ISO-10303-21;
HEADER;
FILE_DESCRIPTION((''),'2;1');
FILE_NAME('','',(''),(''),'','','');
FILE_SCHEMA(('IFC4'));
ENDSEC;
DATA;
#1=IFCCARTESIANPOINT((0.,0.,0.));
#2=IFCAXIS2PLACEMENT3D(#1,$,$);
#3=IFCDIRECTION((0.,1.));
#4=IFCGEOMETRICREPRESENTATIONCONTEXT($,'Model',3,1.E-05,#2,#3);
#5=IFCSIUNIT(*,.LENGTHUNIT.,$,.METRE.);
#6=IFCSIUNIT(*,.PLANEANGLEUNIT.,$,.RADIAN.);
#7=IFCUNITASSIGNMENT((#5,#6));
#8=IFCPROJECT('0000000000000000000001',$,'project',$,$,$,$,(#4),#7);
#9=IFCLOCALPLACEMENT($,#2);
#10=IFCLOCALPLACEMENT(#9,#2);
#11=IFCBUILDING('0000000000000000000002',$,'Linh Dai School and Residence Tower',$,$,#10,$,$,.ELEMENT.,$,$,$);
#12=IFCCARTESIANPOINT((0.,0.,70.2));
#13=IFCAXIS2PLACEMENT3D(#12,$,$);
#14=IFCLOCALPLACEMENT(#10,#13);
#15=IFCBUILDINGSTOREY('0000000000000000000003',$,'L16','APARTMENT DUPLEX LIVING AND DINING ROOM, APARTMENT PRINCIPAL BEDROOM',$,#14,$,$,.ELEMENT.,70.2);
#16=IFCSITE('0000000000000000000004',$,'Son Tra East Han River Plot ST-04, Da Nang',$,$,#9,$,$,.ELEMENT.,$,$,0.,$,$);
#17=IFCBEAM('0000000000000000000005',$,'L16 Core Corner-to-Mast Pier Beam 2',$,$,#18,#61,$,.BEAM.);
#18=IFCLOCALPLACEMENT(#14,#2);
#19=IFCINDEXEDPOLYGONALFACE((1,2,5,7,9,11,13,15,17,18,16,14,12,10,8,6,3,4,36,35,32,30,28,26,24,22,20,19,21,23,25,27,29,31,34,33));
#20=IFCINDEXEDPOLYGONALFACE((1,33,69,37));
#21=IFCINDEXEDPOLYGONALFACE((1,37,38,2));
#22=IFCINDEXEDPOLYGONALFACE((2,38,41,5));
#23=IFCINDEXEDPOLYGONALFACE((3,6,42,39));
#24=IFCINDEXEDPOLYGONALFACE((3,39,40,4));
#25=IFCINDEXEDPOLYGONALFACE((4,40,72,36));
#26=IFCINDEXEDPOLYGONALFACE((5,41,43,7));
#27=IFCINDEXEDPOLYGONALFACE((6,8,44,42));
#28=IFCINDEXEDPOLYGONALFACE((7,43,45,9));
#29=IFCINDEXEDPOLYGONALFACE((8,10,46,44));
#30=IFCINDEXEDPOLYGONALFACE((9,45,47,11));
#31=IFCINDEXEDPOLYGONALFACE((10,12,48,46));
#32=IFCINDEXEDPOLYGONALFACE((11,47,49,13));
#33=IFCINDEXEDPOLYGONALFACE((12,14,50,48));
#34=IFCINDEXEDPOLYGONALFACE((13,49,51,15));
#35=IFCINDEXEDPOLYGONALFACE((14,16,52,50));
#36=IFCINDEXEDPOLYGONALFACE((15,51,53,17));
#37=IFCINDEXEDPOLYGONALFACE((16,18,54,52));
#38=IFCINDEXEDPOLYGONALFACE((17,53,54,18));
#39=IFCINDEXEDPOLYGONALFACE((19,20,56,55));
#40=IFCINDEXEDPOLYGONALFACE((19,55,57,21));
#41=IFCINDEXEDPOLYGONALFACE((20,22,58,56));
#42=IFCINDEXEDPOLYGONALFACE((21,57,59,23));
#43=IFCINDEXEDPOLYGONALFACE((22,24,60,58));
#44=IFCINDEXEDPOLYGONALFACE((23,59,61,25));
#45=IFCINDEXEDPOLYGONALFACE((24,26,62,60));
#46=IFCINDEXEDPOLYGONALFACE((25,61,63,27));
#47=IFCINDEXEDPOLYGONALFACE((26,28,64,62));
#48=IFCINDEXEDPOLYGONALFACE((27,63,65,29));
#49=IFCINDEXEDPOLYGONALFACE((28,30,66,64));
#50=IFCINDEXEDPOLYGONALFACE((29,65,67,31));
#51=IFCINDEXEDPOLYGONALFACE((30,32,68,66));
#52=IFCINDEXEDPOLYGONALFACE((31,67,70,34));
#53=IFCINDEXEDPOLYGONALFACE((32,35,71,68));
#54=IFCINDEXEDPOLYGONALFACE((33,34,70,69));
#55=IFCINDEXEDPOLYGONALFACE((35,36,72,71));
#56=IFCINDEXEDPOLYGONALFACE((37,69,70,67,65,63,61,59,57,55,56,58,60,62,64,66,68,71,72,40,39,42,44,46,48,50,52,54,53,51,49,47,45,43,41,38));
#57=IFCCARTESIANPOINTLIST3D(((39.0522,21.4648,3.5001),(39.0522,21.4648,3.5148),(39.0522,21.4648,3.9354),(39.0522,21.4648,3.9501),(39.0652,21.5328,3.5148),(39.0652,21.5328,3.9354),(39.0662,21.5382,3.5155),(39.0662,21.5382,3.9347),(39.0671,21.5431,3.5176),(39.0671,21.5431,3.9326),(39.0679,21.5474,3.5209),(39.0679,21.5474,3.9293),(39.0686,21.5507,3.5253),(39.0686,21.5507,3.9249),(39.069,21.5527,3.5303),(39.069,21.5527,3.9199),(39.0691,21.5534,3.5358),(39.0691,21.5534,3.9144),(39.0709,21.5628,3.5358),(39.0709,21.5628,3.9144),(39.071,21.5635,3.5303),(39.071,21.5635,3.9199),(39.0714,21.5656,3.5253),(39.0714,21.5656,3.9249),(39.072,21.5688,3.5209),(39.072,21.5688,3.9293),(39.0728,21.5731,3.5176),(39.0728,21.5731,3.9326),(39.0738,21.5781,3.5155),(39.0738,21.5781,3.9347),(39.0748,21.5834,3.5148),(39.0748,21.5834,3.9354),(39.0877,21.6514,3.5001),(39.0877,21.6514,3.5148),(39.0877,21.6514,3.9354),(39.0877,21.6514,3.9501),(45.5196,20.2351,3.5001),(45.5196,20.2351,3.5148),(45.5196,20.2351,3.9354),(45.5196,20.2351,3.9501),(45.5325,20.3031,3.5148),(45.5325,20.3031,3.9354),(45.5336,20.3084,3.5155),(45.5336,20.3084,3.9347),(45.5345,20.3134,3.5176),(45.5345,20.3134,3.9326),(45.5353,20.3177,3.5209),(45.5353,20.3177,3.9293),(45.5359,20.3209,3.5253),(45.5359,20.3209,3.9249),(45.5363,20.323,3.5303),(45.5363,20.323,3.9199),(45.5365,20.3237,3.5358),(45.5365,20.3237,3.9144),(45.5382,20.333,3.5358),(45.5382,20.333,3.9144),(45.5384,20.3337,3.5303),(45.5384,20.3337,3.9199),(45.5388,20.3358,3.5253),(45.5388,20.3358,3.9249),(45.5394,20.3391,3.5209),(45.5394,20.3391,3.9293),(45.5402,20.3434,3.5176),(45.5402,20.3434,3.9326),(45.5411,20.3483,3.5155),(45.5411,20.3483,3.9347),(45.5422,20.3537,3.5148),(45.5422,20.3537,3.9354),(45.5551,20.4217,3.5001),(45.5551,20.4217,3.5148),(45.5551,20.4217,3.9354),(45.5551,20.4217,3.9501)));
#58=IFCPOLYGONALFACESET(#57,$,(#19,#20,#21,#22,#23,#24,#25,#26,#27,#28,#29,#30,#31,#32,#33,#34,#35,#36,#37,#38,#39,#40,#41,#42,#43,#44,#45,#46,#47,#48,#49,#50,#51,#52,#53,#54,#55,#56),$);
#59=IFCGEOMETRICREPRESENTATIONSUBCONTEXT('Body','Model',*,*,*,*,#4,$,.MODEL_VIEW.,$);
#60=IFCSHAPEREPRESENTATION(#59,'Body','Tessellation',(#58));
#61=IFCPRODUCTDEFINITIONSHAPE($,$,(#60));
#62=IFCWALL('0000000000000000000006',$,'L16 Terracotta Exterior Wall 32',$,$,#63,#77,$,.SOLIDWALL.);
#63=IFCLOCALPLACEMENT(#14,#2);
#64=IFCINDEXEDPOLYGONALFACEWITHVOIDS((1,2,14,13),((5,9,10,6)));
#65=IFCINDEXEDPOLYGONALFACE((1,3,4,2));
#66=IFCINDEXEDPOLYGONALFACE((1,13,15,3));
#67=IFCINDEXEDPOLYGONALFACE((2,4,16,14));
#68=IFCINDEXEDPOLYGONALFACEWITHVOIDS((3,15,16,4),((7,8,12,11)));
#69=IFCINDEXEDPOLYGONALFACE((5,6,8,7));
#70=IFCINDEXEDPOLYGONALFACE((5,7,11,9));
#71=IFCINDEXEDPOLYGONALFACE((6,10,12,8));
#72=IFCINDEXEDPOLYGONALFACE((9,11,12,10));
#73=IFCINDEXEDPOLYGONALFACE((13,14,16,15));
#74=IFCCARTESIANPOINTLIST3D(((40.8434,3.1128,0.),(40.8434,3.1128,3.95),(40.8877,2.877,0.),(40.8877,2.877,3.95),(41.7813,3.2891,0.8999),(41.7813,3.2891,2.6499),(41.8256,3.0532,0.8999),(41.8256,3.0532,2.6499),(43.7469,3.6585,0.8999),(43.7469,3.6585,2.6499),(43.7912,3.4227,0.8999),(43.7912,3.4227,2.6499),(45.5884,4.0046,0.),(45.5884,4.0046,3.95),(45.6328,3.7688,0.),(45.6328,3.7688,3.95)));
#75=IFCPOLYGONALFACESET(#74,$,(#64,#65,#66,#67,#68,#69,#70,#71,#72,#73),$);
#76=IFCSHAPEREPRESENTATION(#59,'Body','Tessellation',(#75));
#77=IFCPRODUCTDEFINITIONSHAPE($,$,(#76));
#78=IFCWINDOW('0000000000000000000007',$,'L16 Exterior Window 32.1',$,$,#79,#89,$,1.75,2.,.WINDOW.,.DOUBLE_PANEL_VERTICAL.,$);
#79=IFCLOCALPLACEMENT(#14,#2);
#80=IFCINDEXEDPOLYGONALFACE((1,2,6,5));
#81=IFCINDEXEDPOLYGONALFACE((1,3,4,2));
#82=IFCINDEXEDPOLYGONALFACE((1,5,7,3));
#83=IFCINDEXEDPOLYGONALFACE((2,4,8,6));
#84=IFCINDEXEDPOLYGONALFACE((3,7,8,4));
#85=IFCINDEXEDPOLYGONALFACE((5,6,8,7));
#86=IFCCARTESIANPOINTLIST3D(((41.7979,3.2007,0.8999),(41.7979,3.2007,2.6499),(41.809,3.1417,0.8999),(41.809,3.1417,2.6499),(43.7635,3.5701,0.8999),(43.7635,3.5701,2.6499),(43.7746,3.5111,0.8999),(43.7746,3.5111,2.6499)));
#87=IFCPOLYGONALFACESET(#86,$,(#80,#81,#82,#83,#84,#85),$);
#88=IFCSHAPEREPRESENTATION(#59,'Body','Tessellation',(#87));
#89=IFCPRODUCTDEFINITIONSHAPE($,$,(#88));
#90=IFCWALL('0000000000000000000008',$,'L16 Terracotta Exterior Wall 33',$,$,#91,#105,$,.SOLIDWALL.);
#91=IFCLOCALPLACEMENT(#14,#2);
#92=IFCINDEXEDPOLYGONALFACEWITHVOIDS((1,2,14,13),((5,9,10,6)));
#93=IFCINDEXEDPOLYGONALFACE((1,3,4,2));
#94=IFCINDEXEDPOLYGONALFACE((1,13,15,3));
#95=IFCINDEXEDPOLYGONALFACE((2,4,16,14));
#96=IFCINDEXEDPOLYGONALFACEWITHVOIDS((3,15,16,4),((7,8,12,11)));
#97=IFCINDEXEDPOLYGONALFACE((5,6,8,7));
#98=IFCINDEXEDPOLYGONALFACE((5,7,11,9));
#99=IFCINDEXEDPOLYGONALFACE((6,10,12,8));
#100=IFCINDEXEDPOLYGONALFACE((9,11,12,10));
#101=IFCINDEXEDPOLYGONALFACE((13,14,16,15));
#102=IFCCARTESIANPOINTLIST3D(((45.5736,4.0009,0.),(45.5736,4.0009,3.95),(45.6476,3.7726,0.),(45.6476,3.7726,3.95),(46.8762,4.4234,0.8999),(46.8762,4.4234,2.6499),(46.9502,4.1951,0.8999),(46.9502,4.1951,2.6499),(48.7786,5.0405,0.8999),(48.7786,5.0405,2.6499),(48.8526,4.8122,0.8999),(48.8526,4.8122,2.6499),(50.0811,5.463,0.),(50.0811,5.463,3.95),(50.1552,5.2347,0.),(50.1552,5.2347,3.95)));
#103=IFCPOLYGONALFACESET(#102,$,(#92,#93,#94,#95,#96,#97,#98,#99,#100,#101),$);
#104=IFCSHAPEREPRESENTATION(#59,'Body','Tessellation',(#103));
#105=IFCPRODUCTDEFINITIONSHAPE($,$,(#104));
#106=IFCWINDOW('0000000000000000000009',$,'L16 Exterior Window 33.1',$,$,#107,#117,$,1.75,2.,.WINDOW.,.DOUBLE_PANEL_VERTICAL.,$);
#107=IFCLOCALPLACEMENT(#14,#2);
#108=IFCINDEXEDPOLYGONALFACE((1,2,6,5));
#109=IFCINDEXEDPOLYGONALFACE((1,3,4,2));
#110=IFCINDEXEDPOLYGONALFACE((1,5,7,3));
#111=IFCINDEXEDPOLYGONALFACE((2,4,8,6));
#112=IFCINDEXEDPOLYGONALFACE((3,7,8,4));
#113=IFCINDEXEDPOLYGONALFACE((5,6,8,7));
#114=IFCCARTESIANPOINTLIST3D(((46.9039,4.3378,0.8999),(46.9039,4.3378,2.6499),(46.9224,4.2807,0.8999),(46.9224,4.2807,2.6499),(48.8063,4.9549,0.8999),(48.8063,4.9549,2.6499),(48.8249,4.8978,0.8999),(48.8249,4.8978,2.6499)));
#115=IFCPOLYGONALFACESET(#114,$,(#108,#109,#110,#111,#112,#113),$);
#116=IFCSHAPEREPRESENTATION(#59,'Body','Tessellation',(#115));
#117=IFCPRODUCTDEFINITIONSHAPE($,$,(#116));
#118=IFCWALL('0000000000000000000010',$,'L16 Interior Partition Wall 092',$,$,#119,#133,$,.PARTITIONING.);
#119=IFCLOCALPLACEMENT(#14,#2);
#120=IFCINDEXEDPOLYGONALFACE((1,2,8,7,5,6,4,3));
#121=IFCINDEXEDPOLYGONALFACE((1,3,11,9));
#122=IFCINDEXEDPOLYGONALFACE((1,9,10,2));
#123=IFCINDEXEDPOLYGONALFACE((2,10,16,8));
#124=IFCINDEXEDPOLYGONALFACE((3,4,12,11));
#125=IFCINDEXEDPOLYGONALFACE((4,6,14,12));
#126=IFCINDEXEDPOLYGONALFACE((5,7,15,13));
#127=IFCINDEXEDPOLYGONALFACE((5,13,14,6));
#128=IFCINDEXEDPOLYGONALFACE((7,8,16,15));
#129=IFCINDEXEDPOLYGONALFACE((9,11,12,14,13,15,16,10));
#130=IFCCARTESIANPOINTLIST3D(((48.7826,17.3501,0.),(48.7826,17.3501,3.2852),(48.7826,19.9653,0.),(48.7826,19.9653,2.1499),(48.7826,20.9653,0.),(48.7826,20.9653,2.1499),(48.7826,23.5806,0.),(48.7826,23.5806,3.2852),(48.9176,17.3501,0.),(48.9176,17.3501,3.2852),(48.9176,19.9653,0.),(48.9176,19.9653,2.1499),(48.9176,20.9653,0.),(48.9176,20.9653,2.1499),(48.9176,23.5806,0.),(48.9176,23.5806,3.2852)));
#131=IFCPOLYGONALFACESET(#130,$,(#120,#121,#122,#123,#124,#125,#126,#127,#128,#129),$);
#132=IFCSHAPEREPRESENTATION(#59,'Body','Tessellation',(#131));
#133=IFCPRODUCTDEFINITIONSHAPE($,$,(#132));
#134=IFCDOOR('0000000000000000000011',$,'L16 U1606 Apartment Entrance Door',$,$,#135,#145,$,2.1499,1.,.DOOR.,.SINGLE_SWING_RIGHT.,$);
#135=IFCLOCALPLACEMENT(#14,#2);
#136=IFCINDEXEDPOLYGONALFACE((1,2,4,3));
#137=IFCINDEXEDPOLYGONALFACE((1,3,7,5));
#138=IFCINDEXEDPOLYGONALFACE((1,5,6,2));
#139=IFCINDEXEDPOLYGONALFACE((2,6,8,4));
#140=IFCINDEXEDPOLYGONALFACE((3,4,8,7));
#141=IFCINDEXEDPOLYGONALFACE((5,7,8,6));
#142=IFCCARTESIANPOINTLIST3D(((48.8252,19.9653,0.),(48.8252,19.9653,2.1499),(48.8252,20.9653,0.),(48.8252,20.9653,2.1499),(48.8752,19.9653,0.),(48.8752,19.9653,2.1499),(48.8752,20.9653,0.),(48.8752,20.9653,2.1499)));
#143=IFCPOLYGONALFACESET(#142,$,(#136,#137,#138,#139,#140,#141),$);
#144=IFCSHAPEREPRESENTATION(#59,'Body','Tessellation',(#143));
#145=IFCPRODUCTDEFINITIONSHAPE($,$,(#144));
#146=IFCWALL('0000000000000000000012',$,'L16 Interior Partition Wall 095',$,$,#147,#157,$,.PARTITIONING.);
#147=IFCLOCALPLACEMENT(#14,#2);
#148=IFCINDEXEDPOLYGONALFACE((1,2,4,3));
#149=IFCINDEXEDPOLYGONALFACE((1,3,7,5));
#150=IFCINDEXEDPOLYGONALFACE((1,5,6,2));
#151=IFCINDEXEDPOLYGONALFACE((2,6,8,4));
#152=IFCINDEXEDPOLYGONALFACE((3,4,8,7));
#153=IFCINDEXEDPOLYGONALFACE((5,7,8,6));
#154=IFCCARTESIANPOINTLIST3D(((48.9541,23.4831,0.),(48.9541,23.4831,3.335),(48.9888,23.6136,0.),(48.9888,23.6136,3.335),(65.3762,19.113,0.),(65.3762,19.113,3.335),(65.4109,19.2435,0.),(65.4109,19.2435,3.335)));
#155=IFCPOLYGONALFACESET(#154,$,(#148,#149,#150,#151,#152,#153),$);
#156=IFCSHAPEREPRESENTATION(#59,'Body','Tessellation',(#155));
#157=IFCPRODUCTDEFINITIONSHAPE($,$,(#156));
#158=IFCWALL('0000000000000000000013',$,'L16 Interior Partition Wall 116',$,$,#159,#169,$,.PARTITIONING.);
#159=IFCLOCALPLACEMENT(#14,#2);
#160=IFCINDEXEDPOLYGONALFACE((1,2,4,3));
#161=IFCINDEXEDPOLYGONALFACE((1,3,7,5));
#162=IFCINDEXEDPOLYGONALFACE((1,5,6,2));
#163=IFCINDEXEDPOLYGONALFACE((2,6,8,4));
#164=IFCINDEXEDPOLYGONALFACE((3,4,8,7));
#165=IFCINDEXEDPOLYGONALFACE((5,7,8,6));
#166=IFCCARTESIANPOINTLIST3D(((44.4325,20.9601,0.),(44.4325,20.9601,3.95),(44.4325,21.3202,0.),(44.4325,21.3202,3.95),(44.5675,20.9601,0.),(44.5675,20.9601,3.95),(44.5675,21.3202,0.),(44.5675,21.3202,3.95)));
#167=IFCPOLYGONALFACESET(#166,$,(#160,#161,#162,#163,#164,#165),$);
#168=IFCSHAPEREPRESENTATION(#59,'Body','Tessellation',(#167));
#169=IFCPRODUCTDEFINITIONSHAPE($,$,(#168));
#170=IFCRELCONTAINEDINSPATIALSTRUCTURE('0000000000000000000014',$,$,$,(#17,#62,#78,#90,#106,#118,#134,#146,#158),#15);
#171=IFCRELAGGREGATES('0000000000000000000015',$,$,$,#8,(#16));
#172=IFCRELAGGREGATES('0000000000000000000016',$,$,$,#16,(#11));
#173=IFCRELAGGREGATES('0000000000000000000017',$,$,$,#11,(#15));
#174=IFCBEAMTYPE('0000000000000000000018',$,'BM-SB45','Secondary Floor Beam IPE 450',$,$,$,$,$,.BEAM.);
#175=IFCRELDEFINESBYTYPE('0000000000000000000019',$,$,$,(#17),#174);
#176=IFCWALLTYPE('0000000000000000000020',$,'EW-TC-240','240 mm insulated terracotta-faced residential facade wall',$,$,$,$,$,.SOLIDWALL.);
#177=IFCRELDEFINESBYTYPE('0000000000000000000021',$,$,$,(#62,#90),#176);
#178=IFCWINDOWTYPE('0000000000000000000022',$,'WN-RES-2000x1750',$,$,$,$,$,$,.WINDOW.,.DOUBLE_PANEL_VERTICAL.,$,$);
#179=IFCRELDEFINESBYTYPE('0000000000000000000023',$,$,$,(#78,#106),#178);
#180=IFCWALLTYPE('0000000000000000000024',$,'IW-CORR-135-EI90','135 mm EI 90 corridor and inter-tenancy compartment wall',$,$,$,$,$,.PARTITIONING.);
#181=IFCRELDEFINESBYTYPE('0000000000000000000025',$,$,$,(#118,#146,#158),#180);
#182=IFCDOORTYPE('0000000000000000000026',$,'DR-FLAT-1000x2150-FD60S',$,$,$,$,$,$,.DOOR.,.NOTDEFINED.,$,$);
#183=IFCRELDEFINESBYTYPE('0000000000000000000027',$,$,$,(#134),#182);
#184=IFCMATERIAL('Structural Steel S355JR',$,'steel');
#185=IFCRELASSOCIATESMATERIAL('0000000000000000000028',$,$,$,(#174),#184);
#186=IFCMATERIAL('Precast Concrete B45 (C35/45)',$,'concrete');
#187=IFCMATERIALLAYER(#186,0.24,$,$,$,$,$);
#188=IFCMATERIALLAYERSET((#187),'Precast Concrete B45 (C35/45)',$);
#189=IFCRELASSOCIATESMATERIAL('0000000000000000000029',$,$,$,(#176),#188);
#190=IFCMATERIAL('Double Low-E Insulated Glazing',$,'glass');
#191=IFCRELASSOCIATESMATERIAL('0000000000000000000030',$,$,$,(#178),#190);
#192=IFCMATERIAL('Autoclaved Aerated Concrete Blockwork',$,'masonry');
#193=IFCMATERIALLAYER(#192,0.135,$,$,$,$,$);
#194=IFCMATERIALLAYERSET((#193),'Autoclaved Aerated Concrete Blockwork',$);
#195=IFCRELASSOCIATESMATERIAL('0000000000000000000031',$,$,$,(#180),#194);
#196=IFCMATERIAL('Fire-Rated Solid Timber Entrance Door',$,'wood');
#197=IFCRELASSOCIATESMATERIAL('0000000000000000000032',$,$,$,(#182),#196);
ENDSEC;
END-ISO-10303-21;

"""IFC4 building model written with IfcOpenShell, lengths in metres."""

from ifc_helpers import new_model, si_unit, direction, frame, frame_2d, origin, origin_2d, place, context, subcontext, project, spatial, rectangle, i_section, extrude, source, transform, mapped, material, layer, layer_set, material_profile, profile_set, type_object, element, fill, save


model = new_model("IFC4")

# Units and contexts
model_context = context("Model", 3, precision=1e-05, world=origin(), true_north=direction((0.0, 1.0)))
body_context = subcontext(model_context, "Body", "Model", "MODEL_VIEW")
ifc_project = project(units=[si_unit("LENGTHUNIT", "METRE"), si_unit("PLANEANGLEUNIT", "RADIAN")], contexts=[model_context])

# Site, building, storey
site_placement = place(None, origin())
site = spatial("IfcSite", under=ifc_project, at=site_placement, Name="Son Tra East Han River Plot ST-04, Da Nang", CompositionType="ELEMENT", RefElevation=0.0)
building_placement = place(site_placement, origin())
building = spatial("IfcBuilding", under=site, at=building_placement, Name="Linh Dai School and Residence Tower", CompositionType="ELEMENT")
storey_placement = place(building_placement, frame((0.0, 0.0, 70.2)))
storey = spatial("IfcBuildingStorey", under=building, at=storey_placement, Name="L16", Description="APARTMENT DUPLEX LIVING AND DINING ROOM, APARTMENT PRINCIPAL BEDROOM", CompositionType="ELEMENT", Elevation=70.2)

# Shared definitions
ifc_material_1 = material(Name="Structural Steel S355JR", Category="steel")

# Beam
ifc_material_profile_1 = material_profile(ifc_material_1, i_section(OverallWidth=0.1899, OverallDepth=0.45, WebThickness=0.0095, FlangeThickness=0.0146, FilletRadius=0.021, at=origin_2d()), Name="IPE 450")
ifc_profile_set_1 = profile_set([ifc_material_profile_1], Name="Structural Steel S355JR")
beam_type_1 = type_object("IfcBeamType", Name="BM-SB45", Description="Secondary Floor Beam IPE 450", PredefinedType="BEAM", material=ifc_profile_set_1)
beam_1_placement = place(storey_placement, frame((45.5374, 20.3284, 3.7251), z_axis=(-0.982398, 0.1868, 0.0), x_axis=(-0.1868, -0.982398, 0.0)))
element("IfcBeam", 1, at=beam_1_placement, inside=storey, type_object=beam_type_1, Name="L16 Core Corner-to-Mast Pier Beam 2", PredefinedType="BEAM", context=body_context, shape_type="SweptSolid", body=[
    extrude(i_section(OverallWidth=0.1899, OverallDepth=0.45, WebThickness=0.0095, FlangeThickness=0.0146, FilletRadius=0.021, at=origin_2d()), origin(), (0.0, 0.0, 1.0), 6.5833),
])

# Walls, openings, windows
ifc_material_2 = material(Name="Precast Concrete B45 (C35/45)", Category="concrete")
ifc_layer_1 = layer(ifc_material_2, 0.24)
ifc_layer_set_1 = layer_set([ifc_layer_1], Name="Precast Concrete B45 (C35/45)")
wall_type_1 = type_object("IfcWallType", Name="EW-TC-240", Description="240 mm insulated terracotta-faced residential facade wall", PredefinedType="SOLIDWALL", material=ifc_layer_set_1)
wall_1_placement = place(storey_placement, frame((45.6106, 3.8867, 0.0), z_axis=(0.0, 0.0, 1.0), x_axis=(-0.982792, -0.184716, 0.0)))
wall_1 = element("IfcWall", 2, at=wall_1_placement, inside=storey, type_object=wall_type_1, Name="L16 Terracotta Exterior Wall 32", PredefinedType="SOLIDWALL", context=body_context, shape_type="SweptSolid", body=[
    extrude(rectangle(XDim=4.8281, YDim=0.24, at=frame_2d((2.4141, 0.0))), origin(), (0.0, 0.0, 1.0), 3.95),
])
opening_1_placement = place(wall_1_placement, frame((1.8738, 0.0, 0.8999)))
opening_1 = element("IfcOpeningElement", 3, at=opening_1_placement, cuts=wall_1, PredefinedType="OPENING", context=body_context, shape_type="SweptSolid", body=[
    extrude(rectangle(XDim=2.0, YDim=1.75, at=origin_2d()), frame((1.0, 0.1299, 0.875), z_axis=(0.0, -1.0, 0.0), x_axis=(1.0, 0.0, 0.0)), (0.0, 0.0, 1.0), 0.26),
])
ifc_material_3 = material(Name="Double Low-E Insulated Glazing", Category="glass")
window_type = type_object("IfcWindowType", Name="WN-RES-2000x1750", PartitioningType="DOUBLE_PANEL_VERTICAL", PredefinedType="WINDOW", material=ifc_material_3)
shared_shape_1 = source(origin(), body_context, "Body", "SweptSolid", [
    extrude(rectangle(XDim=2.0, YDim=1.75, at=origin_2d()), frame((1.0, 0.03, 0.875), z_axis=(0.0, -1.0, 0.0), x_axis=(1.0, 0.0, 0.0)), (0.0, 0.0, 1.0), 0.0601),
])
window_1_placement = place(opening_1_placement, origin())
window_1 = element("IfcWindow", 4, at=window_1_placement, inside=storey, type_object=window_type, Name="L16 Exterior Window 32.1", OverallHeight=1.75, OverallWidth=2.0, PartitioningType="DOUBLE_PANEL_VERTICAL", PredefinedType="WINDOW", context=body_context, shape_type="MappedRepresentation", body=[
    mapped(shared_shape_1, transform((0.0, 0.0, 0.0), x_axis=(1.0, 0.0, 0.0), y_axis=(0.0, 1.0, 0.0), z_axis=(0.0, 0.0, 1.0), scale=1.0)),
])
fill(opening_1, window_1)
wall_2_placement = place(storey_placement, frame((50.1182, 5.3489, 0.0), z_axis=(0.0, 0.0, 1.0), x_axis=(-0.951208, -0.308551, 0.0)))
wall_2 = element("IfcWall", 5, at=wall_2_placement, inside=storey, type_object=wall_type_1, Name="L16 Terracotta Exterior Wall 33", PredefinedType="SOLIDWALL", context=body_context, shape_type="SweptSolid", body=[
    extrude(rectangle(XDim=4.7388, YDim=0.24, at=frame_2d((2.3694, 0.0))), origin(), (0.0, 0.0, 1.0), 3.95),
])
opening_2_placement = place(wall_2_placement, frame((1.3694, 0.0, 0.8999)))
opening_2 = element("IfcOpeningElement", 6, at=opening_2_placement, cuts=wall_2, PredefinedType="OPENING", context=body_context, shape_type="SweptSolid", body=[
    extrude(rectangle(XDim=2.0, YDim=1.75, at=origin_2d()), frame((1.0, 0.1299, 0.875), z_axis=(0.0, -1.0, 0.0), x_axis=(1.0, 0.0, 0.0)), (0.0, 0.0, 1.0), 0.26),
])
window_2_placement = place(opening_2_placement, origin())
window_2 = element("IfcWindow", 7, at=window_2_placement, inside=storey, type_object=window_type, Name="L16 Exterior Window 33.1", OverallHeight=1.75, OverallWidth=2.0, PartitioningType="DOUBLE_PANEL_VERTICAL", PredefinedType="WINDOW", context=body_context, shape_type="MappedRepresentation", body=[
    mapped(shared_shape_1, transform((0.0, 0.0, 0.0), x_axis=(1.0, 0.0, 0.0), y_axis=(0.0, 1.0, 0.0), z_axis=(0.0, 0.0, 1.0), scale=1.0)),
])
fill(opening_2, window_2)

# Wall, opening, door
ifc_material_4 = material(Name="Autoclaved Aerated Concrete Blockwork", Category="masonry")
ifc_layer_2 = layer(ifc_material_4, 0.135)
ifc_layer_set_2 = layer_set([ifc_layer_2], Name="Autoclaved Aerated Concrete Blockwork")
wall_type_2 = type_object("IfcWallType", Name="IW-CORR-135-EI90", Description="135 mm EI 90 corridor and inter-tenancy compartment wall", PredefinedType="PARTITIONING", material=ifc_layer_set_2)
wall_3_placement = place(storey_placement, frame((48.8501, 17.3501, 0.0), z_axis=(0.0, 0.0, 1.0), x_axis=(0.0, 1.0, 0.0)))
wall_3 = element("IfcWall", 8, at=wall_3_placement, inside=storey, type_object=wall_type_2, Name="L16 Interior Partition Wall 092", PredefinedType="PARTITIONING", context=body_context, shape_type="SweptSolid", body=[
    extrude(rectangle(XDim=6.2305, YDim=0.135, at=frame_2d((3.1152, 0.0))), origin(), (0.0, 0.0, 1.0), 3.2852),
])
opening_3_placement = place(wall_3_placement, frame((2.6152, 0.0, 0.0)))
opening_3 = element("IfcOpeningElement", 9, at=opening_3_placement, cuts=wall_3, PredefinedType="OPENING", context=body_context, shape_type="SweptSolid", body=[
    extrude(rectangle(XDim=1.0, YDim=2.1499, at=origin_2d()), frame((0.5, 0.0776, 1.075), z_axis=(0.0, -1.0, 0.0), x_axis=(1.0, 0.0, 0.0)), (0.0, 0.0, 1.0), 0.155),
])
ifc_material_5 = material(Name="Fire-Rated Solid Timber Entrance Door", Category="wood")
door_type_1 = type_object("IfcDoorType", Name="DR-FLAT-1000x2150-FD60S", OperationType="NOTDEFINED", PredefinedType="DOOR", material=ifc_material_5)
shared_shape_2 = source(origin(), body_context, "Body", "SweptSolid", [
    extrude(rectangle(XDim=1.0, YDim=2.1499, at=origin_2d()), frame((0.5, 0.0249, 1.075), z_axis=(0.0, -1.0, 0.0), x_axis=(1.0, 0.0, 0.0)), (0.0, 0.0, 1.0), 0.05),
])
door_1_placement = place(opening_3_placement, origin())
door_1 = element("IfcDoor", 10, at=door_1_placement, inside=storey, type_object=door_type_1, Name="L16 U1606 Apartment Entrance Door", OperationType="SINGLE_SWING_RIGHT", OverallHeight=2.1499, OverallWidth=1.0, PredefinedType="DOOR", context=body_context, shape_type="MappedRepresentation", body=[
    mapped(shared_shape_2, transform((0.0, 0.0, 0.0), x_axis=(1.0, 0.0, 0.0), y_axis=(0.0, 1.0, 0.0), z_axis=(0.0, 0.0, 1.0), scale=1.0)),
])
fill(opening_3, door_1)

# Walls
wall_4_placement = place(storey_placement, frame((48.9714, 23.5483, 0.0), z_axis=(0.0, 0.0, 1.0), x_axis=(0.966368, -0.257162, 0.0)))
element("IfcWall", 11, at=wall_4_placement, inside=storey, type_object=wall_type_2, Name="L16 Interior Partition Wall 095", PredefinedType="PARTITIONING", context=body_context, shape_type="SweptSolid", body=[
    extrude(rectangle(XDim=16.9937, YDim=0.135, at=frame_2d((8.4968, 0.0))), origin(), (0.0, 0.0, 1.0), 3.335),
])
wall_5_placement = place(storey_placement, frame((44.5, 20.96, 0.0), z_axis=(0.0, 0.0, 1.0), x_axis=(0.0, 1.0, 0.0)))
element("IfcWall", 12, at=wall_5_placement, inside=storey, type_object=wall_type_2, Name="L16 Interior Partition Wall 116", PredefinedType="PARTITIONING", context=body_context, shape_type="SweptSolid", body=[
    extrude(rectangle(XDim=0.3601, YDim=0.135, at=frame_2d((0.1802, 0.0))), origin(), (0.0, 0.0, 1.0), 3.95),
])

save(model, "model.ifc")
